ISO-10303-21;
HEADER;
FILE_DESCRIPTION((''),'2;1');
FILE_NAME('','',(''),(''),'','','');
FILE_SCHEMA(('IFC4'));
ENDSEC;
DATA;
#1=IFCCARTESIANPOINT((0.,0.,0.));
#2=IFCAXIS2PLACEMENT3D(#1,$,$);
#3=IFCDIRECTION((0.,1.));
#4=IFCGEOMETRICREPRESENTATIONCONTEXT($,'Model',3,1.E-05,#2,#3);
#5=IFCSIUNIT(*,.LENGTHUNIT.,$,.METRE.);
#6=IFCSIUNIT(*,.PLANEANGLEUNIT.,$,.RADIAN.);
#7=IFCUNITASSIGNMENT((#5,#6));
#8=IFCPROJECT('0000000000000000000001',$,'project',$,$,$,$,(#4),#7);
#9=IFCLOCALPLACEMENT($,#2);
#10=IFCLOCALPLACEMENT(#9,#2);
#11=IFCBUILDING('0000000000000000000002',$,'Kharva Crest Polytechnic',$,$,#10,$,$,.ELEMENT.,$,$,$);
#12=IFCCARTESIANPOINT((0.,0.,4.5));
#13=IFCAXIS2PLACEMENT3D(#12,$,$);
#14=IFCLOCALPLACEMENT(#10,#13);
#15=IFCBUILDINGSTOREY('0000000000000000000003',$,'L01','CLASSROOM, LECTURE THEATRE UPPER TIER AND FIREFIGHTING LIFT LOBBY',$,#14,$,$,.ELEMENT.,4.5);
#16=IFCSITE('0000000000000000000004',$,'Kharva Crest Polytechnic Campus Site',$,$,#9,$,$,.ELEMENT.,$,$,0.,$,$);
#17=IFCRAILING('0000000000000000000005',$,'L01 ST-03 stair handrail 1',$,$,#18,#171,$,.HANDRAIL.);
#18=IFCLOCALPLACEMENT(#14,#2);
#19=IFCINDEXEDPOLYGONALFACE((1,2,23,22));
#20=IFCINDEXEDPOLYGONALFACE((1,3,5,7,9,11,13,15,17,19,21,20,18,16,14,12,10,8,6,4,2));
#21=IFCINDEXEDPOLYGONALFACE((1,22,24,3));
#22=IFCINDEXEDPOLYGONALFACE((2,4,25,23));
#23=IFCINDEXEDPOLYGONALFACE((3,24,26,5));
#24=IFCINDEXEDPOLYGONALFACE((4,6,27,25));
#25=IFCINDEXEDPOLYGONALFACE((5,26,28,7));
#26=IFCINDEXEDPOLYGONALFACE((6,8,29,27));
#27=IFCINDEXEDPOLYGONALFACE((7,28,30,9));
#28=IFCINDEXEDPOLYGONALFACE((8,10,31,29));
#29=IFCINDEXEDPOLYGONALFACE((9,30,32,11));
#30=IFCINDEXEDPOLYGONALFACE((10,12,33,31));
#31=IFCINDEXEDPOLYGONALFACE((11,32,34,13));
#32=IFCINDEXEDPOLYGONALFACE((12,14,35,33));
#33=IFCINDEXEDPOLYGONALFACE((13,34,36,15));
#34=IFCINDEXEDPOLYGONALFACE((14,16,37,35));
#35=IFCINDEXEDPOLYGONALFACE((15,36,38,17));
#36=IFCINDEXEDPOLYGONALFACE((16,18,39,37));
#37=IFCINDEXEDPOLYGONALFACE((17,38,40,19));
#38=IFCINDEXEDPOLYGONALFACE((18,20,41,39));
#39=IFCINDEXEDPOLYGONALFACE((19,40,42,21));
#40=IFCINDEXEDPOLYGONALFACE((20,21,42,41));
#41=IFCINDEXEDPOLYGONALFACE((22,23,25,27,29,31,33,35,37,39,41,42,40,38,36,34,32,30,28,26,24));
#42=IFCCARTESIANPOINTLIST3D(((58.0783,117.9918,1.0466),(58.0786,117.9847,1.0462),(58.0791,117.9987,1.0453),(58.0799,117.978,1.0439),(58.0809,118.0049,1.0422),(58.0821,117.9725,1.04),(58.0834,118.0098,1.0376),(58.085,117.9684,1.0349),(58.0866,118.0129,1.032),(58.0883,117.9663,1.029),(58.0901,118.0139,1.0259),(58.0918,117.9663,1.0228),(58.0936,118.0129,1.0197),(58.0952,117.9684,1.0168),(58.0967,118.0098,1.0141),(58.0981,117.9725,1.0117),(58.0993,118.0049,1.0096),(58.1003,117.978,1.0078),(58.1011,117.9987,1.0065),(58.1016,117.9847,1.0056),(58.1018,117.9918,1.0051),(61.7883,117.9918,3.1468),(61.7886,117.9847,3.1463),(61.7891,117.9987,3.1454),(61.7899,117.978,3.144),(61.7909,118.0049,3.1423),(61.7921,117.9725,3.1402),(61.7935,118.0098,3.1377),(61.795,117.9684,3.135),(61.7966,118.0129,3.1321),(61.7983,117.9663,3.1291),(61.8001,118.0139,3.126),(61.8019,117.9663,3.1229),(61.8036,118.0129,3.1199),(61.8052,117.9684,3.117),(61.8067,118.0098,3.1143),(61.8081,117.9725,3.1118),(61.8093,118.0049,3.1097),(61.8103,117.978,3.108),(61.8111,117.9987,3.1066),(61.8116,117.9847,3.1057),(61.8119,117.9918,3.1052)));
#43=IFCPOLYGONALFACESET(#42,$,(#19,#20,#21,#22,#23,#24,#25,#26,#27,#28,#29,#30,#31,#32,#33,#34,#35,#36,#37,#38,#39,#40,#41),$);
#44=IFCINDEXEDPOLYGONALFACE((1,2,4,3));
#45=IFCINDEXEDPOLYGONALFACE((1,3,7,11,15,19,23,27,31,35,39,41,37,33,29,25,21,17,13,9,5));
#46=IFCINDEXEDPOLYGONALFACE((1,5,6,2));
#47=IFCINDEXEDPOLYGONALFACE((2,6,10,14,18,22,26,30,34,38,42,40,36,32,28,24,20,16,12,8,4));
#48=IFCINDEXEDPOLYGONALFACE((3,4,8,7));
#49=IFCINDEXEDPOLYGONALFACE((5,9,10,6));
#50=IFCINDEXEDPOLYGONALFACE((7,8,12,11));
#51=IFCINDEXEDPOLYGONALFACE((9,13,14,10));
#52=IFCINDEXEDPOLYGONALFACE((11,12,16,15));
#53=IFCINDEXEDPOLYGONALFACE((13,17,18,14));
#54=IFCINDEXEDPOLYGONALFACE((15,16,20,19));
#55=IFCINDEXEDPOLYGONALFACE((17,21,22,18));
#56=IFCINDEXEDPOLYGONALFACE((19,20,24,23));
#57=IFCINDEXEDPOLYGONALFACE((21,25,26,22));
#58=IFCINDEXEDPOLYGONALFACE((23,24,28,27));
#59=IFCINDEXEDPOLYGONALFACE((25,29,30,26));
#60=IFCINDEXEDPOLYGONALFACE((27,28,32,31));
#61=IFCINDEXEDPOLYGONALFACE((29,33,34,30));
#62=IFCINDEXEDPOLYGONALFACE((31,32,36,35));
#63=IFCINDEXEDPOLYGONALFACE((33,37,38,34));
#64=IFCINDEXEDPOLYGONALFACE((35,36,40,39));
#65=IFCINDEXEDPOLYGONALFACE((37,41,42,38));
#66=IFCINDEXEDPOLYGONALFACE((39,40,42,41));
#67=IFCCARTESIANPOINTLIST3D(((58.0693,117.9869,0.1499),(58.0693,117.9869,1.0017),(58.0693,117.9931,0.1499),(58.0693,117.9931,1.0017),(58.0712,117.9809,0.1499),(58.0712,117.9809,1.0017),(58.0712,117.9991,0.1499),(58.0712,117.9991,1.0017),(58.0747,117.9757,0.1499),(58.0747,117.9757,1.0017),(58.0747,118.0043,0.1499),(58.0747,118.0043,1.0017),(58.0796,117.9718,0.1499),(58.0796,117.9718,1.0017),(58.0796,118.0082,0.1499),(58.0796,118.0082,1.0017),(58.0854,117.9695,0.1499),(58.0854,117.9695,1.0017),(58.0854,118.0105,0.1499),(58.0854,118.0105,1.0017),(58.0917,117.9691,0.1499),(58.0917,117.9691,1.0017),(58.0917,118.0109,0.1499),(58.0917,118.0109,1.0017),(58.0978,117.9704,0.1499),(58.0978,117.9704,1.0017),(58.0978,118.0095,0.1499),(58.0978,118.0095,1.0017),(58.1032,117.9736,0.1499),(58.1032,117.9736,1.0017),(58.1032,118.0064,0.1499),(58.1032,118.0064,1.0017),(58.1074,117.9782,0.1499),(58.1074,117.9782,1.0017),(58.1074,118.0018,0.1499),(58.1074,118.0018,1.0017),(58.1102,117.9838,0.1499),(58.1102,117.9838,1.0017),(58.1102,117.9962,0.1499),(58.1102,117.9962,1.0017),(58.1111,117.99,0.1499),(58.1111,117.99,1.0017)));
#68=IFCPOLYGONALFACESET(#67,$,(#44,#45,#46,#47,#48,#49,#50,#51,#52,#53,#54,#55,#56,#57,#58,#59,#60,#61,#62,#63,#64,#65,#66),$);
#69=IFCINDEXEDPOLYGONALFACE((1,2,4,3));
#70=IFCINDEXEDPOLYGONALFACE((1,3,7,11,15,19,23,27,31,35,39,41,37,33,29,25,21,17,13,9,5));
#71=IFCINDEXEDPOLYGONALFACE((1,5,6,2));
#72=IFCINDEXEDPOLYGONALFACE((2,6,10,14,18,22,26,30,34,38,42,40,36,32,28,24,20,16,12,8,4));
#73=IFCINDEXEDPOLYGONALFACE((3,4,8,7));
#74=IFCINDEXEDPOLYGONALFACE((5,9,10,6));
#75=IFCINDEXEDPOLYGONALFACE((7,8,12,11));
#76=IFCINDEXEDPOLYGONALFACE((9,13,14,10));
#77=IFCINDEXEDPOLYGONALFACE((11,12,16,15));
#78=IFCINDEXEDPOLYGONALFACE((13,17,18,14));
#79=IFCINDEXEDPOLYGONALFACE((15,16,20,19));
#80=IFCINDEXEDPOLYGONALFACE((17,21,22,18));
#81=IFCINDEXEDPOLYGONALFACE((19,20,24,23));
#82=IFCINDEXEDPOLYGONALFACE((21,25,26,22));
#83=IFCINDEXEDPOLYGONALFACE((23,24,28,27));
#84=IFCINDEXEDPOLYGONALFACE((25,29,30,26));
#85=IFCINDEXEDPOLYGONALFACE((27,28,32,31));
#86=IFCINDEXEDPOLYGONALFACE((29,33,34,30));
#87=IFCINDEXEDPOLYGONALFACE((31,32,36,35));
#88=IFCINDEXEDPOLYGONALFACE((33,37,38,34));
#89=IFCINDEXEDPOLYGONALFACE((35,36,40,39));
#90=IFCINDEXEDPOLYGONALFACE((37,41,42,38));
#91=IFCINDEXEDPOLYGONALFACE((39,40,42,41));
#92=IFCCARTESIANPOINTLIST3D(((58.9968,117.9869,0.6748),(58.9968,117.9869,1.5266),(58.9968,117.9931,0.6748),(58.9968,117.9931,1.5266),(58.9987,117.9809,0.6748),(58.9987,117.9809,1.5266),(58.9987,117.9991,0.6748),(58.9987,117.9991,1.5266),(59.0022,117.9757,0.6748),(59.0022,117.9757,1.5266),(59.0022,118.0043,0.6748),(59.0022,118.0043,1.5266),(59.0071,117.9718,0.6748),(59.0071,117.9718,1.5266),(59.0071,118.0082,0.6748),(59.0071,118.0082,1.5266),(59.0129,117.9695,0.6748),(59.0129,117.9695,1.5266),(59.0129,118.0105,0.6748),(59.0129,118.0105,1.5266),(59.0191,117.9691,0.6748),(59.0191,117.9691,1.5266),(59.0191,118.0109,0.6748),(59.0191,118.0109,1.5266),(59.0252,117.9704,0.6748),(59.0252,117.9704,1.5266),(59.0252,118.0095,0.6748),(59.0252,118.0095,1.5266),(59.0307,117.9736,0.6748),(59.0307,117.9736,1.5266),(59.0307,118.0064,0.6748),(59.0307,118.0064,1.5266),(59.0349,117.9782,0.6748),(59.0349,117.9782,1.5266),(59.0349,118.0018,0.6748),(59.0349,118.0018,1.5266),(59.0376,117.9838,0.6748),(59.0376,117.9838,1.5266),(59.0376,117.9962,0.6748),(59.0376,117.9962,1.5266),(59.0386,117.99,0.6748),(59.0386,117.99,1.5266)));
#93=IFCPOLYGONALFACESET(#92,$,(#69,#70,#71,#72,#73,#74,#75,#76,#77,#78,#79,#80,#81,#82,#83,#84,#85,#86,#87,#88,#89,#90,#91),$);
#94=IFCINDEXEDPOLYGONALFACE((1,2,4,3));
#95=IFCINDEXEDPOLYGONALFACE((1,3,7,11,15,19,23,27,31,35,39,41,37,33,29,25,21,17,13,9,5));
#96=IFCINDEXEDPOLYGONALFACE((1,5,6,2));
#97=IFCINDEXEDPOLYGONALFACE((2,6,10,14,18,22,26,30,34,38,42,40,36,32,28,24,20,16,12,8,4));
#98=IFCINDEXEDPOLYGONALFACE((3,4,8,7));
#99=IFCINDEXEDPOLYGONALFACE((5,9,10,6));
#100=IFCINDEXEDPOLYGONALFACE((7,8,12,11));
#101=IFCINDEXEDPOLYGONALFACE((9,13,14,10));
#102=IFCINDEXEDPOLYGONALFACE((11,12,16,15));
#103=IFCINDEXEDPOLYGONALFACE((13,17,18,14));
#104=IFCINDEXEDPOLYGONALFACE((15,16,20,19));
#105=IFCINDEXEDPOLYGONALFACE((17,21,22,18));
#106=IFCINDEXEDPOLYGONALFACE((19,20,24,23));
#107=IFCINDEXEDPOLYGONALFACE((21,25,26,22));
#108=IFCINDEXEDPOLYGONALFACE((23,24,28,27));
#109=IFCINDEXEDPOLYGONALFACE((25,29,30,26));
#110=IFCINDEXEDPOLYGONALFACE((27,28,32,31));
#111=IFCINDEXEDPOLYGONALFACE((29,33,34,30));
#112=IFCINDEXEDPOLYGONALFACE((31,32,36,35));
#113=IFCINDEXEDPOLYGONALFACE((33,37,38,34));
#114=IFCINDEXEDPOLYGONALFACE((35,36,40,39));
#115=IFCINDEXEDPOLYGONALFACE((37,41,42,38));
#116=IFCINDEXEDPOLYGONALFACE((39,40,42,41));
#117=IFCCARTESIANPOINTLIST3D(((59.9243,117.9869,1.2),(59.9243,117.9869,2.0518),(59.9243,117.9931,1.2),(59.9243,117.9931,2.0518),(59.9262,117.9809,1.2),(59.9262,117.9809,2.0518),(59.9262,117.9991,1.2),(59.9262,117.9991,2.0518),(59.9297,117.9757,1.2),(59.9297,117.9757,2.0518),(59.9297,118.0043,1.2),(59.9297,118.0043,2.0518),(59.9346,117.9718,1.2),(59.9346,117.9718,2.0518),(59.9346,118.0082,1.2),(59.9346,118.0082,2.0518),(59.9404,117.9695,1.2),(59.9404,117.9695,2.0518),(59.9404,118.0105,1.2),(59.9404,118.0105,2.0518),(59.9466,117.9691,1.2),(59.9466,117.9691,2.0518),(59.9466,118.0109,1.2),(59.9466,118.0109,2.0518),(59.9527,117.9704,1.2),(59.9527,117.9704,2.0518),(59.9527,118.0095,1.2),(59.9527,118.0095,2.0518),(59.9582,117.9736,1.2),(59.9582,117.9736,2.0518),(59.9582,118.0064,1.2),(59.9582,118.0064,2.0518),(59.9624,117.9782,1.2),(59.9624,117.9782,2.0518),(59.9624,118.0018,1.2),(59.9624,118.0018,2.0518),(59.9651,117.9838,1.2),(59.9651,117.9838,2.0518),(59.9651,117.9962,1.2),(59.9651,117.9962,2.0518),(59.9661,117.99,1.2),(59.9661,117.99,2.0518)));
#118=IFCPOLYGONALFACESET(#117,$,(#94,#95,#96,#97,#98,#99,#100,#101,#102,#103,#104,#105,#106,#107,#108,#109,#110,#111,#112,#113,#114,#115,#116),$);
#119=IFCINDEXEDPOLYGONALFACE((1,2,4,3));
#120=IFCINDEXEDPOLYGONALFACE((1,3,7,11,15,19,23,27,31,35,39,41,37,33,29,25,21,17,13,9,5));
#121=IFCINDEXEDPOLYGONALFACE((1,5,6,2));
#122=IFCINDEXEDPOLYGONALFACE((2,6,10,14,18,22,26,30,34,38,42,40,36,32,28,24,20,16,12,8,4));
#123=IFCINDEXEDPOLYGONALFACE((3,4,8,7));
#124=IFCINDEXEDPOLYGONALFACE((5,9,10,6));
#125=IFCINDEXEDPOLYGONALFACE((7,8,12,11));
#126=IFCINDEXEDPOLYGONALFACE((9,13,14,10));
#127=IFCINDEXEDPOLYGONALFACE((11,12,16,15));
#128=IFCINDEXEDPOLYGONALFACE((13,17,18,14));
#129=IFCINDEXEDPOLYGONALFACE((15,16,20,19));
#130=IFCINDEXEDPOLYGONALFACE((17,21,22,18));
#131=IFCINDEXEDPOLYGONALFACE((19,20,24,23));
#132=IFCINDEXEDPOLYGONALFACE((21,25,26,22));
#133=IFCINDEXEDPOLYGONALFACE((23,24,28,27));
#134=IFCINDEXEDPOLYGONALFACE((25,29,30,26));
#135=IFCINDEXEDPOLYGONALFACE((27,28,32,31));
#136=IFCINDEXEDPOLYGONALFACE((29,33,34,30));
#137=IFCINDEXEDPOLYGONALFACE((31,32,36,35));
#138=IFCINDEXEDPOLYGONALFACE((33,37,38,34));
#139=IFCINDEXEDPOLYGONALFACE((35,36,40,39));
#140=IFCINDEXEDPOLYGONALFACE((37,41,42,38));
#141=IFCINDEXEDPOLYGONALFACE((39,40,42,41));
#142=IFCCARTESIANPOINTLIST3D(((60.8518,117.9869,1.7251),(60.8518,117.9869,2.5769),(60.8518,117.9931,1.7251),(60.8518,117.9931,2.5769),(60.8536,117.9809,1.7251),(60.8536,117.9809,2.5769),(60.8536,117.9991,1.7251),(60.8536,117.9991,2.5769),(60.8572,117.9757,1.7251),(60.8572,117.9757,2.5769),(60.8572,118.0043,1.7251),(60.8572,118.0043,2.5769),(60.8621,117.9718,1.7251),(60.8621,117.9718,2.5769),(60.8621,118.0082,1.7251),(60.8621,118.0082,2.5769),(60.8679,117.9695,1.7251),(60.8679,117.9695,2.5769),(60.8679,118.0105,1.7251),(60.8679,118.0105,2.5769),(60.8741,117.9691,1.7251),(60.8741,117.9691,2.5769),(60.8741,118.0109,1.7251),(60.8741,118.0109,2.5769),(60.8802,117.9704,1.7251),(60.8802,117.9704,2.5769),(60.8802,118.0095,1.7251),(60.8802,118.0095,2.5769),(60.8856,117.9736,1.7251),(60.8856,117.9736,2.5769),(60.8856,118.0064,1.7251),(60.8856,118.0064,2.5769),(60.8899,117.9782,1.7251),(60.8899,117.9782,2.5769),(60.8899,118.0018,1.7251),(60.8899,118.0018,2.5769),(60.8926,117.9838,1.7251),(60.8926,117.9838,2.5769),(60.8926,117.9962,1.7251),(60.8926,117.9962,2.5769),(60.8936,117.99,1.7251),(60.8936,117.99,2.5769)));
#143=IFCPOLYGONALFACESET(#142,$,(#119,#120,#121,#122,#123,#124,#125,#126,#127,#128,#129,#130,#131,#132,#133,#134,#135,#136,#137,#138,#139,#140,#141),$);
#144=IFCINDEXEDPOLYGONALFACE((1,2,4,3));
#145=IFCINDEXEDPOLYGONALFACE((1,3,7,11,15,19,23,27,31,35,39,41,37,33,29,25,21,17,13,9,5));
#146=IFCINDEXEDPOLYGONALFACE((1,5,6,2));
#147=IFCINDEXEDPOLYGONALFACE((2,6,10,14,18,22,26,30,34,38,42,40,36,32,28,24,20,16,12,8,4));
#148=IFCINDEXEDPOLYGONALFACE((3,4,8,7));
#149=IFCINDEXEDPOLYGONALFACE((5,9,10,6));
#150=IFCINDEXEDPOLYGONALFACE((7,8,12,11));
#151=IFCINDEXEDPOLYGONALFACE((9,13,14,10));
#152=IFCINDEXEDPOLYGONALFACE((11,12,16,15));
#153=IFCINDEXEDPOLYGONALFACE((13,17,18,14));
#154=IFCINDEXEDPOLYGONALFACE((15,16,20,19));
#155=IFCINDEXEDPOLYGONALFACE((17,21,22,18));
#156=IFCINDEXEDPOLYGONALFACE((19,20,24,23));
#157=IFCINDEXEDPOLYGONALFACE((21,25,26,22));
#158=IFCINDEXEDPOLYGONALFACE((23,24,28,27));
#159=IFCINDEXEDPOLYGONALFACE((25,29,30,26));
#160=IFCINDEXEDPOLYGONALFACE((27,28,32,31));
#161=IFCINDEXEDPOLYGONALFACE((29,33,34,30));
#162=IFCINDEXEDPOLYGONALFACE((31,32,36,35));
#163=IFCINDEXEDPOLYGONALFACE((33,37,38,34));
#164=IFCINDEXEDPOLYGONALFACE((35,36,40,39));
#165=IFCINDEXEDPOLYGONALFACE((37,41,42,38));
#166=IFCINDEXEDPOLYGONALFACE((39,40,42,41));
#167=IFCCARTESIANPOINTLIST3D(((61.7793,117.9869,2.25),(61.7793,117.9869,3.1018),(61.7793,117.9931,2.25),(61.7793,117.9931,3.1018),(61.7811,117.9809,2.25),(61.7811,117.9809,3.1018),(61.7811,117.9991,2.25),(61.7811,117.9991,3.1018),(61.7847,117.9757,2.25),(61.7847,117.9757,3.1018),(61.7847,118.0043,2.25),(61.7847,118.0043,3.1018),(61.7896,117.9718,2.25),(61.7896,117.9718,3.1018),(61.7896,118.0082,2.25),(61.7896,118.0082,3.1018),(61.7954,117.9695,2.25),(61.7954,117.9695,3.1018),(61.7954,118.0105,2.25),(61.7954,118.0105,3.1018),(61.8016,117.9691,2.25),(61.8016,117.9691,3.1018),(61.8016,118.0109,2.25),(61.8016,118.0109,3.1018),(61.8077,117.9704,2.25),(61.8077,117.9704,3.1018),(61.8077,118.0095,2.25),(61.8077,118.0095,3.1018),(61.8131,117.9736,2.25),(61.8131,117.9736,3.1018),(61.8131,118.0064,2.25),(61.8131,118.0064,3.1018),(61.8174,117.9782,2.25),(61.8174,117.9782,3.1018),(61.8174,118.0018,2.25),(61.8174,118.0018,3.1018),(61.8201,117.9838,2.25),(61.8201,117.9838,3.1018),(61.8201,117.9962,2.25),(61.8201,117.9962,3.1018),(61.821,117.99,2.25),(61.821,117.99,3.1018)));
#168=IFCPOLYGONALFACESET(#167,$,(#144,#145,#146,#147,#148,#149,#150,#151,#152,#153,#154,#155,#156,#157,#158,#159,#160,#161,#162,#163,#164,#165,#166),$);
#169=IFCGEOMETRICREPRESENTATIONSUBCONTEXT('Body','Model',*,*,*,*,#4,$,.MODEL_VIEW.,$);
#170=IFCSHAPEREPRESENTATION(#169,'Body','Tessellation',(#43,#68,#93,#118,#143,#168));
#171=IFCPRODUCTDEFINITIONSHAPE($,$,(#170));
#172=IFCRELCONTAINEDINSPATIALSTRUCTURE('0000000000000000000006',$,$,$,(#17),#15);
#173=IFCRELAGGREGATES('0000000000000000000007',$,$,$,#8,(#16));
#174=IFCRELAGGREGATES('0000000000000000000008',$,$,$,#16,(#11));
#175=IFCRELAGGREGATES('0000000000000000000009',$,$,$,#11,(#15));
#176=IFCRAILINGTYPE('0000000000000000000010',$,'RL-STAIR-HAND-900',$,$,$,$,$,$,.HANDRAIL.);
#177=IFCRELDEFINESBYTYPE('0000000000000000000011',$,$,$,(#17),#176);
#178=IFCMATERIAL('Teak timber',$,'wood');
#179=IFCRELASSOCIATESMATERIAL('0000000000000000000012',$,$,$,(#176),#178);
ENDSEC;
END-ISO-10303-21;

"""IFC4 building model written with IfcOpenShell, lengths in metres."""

from ifc_helpers import new_model, si_unit, direction, frame, origin, origin_2d, place, context, subcontext, project, spatial, circle, extrude, material, type_object, element, save


model = new_model("IFC4")

# Units and contexts
model_context = context("Model", 3, precision=1e-05, world=origin(), true_north=direction((0.0, 1.0)))
body_context = subcontext(model_context, "Body", "Model", "MODEL_VIEW")
ifc_project = project(units=[si_unit("LENGTHUNIT", "METRE"), si_unit("PLANEANGLEUNIT", "RADIAN")], contexts=[model_context])

# Site, building, storey
site_placement = place(None, origin())
site = spatial("IfcSite", under=ifc_project, at=site_placement, Name="Kharva Crest Polytechnic Campus Site", CompositionType="ELEMENT", RefElevation=0.0)
building_placement = place(site_placement, origin())
building = spatial("IfcBuilding", under=site, at=building_placement, Name="Kharva Crest Polytechnic", CompositionType="ELEMENT")
storey_placement = place(building_placement, frame((0.0, 0.0, 4.5)))
storey = spatial("IfcBuildingStorey", under=building, at=storey_placement, Name="L01", Description="CLASSROOM, LECTURE THEATRE UPPER TIER AND FIREFIGHTING LIFT LOBBY", CompositionType="ELEMENT", Elevation=4.5)

# Shared definitions
ifc_material_1 = material(Name="Teak timber", Category="wood")

# Railing
railing_type_1 = type_object("IfcRailingType", Name="RL-STAIR-HAND-900", PredefinedType="HANDRAIL", material=ifc_material_1)
railing_1_placement = place(storey_placement, frame((58.0901, 117.99, 0.1499)))
element("IfcRailing", 1, at=railing_1_placement, inside=storey, type_object=railing_type_1, Name="L01 ST-03 stair handrail 1", PredefinedType="HANDRAIL", context=body_context, shape_type="SweptSolid", body=[
    extrude(circle(Radius=0.0239, at=origin_2d()), frame((0.0, 0.0, 0.876), z_axis=(0.870245, 0.0, 0.492619), x_axis=(0.0, 1.0, 0.0)), (0.0, 0.0, 1.0), 4.2632),
    extrude(circle(Radius=0.021, at=origin_2d()), origin(), (0.0, 0.0, 1.0), 0.8518),
    extrude(circle(Radius=0.021, at=origin_2d()), frame((0.9275, 0.0, 0.5249)), (0.0, 0.0, 1.0), 0.8518),
    extrude(circle(Radius=0.021, at=origin_2d()), frame((1.855, 0.0, 1.05)), (0.0, 0.0, 1.0), 0.8518),
    extrude(circle(Radius=0.021, at=origin_2d()), frame((2.7825, 0.0, 1.5752)), (0.0, 0.0, 1.0), 0.8518),
    extrude(circle(Radius=0.021, at=origin_2d()), frame((3.71, 0.0, 2.1001)), (0.0, 0.0, 1.0), 0.8518),
])

save(model, "model.ifc")
